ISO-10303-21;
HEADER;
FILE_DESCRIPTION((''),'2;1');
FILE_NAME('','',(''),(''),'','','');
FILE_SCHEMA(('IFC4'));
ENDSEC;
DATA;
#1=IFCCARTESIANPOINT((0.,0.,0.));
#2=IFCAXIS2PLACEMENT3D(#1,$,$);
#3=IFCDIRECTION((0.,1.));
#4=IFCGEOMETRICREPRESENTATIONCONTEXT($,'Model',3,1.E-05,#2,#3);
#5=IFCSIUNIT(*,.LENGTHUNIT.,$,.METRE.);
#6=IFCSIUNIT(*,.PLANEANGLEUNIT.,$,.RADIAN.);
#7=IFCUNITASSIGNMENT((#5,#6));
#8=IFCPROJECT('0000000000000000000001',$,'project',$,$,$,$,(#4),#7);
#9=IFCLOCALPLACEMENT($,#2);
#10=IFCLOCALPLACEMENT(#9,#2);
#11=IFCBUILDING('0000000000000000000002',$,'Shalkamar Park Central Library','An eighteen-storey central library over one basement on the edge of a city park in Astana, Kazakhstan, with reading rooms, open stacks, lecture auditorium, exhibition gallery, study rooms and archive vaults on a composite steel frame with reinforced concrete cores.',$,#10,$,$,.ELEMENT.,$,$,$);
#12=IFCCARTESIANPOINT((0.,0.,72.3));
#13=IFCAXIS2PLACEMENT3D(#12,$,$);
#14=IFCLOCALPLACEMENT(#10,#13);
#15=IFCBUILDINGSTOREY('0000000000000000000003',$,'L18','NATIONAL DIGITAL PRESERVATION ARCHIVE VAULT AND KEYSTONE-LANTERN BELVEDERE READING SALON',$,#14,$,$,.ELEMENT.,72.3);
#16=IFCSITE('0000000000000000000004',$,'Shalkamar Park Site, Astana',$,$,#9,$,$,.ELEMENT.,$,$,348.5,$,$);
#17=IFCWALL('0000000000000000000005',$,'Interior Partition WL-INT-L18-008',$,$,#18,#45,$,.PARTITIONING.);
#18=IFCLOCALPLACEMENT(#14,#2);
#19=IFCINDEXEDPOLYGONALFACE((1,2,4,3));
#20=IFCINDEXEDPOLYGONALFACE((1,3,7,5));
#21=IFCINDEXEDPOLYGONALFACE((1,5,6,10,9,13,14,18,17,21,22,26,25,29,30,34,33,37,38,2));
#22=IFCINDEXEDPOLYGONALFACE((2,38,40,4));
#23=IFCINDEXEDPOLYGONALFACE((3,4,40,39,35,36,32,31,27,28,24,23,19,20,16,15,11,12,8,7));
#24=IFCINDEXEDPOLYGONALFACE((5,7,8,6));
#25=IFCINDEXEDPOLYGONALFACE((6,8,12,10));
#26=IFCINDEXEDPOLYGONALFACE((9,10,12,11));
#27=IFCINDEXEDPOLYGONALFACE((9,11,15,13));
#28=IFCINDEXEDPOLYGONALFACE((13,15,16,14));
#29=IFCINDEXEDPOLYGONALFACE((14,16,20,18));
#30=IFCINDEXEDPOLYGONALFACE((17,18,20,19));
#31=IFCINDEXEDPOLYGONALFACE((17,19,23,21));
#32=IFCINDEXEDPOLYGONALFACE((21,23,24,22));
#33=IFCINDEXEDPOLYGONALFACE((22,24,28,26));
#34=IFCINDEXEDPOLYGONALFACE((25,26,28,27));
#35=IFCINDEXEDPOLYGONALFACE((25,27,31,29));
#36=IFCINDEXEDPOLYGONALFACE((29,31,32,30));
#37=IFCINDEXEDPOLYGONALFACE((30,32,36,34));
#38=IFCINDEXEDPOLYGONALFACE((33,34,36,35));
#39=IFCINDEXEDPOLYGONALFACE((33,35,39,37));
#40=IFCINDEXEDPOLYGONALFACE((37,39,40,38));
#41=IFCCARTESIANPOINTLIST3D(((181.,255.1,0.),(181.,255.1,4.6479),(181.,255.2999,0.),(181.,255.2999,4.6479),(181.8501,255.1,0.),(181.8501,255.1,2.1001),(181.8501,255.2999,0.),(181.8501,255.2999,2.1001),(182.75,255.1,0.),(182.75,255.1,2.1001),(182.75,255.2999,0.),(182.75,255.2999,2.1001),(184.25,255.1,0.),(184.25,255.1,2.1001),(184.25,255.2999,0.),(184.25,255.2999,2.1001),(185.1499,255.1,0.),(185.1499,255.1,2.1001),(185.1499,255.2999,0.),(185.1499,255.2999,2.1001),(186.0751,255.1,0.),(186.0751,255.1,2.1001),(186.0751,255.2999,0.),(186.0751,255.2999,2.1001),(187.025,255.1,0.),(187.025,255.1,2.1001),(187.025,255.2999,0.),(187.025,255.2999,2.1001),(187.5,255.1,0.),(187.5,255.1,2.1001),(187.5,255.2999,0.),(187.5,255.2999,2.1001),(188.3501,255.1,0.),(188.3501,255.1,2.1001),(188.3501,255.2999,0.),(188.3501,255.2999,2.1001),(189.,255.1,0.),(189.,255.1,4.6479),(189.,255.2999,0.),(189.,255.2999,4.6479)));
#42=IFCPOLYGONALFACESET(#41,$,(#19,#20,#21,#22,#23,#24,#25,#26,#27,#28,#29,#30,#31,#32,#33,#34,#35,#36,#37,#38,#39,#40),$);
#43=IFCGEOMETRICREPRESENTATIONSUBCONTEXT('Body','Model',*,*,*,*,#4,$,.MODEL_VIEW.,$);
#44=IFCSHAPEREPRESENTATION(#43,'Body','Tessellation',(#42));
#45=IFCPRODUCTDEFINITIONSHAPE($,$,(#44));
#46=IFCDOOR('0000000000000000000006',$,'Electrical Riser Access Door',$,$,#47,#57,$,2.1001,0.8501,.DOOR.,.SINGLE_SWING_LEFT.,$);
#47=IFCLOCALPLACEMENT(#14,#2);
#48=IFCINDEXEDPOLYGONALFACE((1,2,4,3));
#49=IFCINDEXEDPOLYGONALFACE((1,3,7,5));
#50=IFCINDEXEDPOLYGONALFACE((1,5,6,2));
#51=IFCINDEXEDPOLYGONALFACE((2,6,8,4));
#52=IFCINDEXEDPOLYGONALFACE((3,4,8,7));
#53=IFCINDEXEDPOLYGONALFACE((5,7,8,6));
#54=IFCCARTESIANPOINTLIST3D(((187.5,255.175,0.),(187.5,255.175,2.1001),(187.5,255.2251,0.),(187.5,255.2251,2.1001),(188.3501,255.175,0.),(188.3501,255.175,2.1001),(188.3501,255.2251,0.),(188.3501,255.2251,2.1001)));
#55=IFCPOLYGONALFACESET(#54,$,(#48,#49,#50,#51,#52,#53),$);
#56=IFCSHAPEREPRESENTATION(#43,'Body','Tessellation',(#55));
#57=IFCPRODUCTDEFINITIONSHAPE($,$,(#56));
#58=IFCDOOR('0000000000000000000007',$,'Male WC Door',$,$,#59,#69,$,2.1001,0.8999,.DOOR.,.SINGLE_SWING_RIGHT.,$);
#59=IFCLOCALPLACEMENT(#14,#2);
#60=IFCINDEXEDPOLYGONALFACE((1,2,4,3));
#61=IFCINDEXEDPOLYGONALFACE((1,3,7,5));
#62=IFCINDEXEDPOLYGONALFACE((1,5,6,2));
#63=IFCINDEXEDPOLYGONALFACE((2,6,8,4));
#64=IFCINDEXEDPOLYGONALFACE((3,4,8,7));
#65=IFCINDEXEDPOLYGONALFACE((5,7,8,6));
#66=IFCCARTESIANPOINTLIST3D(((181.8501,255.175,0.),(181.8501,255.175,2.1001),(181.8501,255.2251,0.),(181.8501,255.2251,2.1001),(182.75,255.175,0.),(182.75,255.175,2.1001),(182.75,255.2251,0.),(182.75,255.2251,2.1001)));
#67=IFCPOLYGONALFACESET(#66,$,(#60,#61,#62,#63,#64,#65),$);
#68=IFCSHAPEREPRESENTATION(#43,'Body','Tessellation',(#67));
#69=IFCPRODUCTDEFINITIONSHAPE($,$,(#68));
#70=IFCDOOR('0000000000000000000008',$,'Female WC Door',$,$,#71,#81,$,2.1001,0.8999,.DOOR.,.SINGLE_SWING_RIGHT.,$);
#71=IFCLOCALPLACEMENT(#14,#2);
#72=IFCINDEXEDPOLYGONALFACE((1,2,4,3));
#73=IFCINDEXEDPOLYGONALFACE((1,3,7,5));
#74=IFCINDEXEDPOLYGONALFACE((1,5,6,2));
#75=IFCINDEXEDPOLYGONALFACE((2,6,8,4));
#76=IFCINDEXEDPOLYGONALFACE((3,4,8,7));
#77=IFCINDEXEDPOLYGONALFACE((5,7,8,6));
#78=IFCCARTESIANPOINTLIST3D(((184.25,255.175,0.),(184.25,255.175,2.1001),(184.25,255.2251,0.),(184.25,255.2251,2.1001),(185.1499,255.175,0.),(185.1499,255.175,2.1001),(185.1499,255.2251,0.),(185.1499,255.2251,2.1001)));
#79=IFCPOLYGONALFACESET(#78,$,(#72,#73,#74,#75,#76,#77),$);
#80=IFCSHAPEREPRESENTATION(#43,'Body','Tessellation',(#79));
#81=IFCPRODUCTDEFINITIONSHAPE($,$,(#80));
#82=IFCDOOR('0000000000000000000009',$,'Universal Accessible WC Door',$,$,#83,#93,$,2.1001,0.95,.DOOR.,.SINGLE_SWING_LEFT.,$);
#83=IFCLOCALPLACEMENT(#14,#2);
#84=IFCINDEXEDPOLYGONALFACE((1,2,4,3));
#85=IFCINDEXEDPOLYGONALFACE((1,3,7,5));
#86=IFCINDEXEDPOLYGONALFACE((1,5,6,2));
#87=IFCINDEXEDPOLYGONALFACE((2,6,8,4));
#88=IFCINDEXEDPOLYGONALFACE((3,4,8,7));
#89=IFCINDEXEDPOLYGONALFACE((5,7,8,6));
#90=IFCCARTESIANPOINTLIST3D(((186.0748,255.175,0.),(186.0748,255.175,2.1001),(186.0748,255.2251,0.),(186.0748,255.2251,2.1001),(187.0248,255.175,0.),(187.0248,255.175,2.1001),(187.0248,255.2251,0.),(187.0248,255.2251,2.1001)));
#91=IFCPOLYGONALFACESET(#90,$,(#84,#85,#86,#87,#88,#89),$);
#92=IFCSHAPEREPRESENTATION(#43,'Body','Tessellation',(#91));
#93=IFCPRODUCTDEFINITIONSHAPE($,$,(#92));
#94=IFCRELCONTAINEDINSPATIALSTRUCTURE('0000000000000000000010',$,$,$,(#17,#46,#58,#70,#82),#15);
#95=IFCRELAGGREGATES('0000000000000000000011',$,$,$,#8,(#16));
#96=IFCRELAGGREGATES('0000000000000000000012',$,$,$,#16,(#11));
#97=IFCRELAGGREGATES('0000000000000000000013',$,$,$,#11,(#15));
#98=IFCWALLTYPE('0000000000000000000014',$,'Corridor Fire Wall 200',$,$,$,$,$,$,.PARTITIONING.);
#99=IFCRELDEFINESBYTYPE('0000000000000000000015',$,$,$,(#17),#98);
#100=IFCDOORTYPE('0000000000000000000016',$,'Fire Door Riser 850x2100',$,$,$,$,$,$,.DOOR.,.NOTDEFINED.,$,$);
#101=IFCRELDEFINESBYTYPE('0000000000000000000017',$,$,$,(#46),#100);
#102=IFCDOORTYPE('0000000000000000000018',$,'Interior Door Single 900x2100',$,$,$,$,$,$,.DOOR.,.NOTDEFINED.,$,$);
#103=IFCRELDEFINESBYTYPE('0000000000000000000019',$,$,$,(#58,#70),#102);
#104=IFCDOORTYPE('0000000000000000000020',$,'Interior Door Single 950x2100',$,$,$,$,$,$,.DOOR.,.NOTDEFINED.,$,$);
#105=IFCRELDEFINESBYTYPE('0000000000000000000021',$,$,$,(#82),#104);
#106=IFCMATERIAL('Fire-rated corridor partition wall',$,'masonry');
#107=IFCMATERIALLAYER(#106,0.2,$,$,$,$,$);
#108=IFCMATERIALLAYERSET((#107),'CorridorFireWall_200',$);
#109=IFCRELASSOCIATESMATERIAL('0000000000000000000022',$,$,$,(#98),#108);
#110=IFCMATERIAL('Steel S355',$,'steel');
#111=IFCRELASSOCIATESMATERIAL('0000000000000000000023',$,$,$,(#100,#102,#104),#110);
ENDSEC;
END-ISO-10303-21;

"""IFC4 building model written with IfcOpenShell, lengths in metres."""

from ifc_helpers import new_model, si_unit, direction, frame, frame_2d, origin, place, context, subcontext, project, spatial, rectangle, extrude, material, layer, layer_set, type_object, element, fill, save


model = new_model("IFC4")

# Units and contexts
model_context = context("Model", 3, precision=1e-05, world=origin(), true_north=direction((0.0, 1.0)))
body_context = subcontext(model_context, "Body", "Model", "MODEL_VIEW")
ifc_project = project(units=[si_unit("LENGTHUNIT", "METRE"), si_unit("PLANEANGLEUNIT", "RADIAN")], contexts=[model_context])

# Site, building, storey
site_placement = place(None, origin())
site = spatial("IfcSite", under=ifc_project, at=site_placement, Name="Shalkamar Park Site, Astana", CompositionType="ELEMENT", RefElevation=348.5)
building_placement = place(site_placement, origin())
building = spatial("IfcBuilding", under=site, at=building_placement, Name="Shalkamar Park Central Library", Description="An eighteen-storey central library over one basement on the edge of a city park in Astana, Kazakhstan, with reading rooms, open stacks, lecture auditorium, exhibition gallery, study rooms and archive vaults on a composite steel frame with reinforced concrete cores.", CompositionType="ELEMENT")
storey_placement = place(building_placement, frame((0.0, 0.0, 72.3)))
storey = spatial("IfcBuildingStorey", under=building, at=storey_placement, Name="L18", Description="NATIONAL DIGITAL PRESERVATION ARCHIVE VAULT AND KEYSTONE-LANTERN BELVEDERE READING SALON", CompositionType="ELEMENT", Elevation=72.3)

# Shared definitions
ifc_material_1 = material(Name="Steel S355", Category="steel")

# Wall, openings, doors
ifc_material_2 = material(Name="Fire-rated corridor partition wall", Category="masonry")
ifc_layer_1 = layer(ifc_material_2, 0.2)
ifc_layer_set_1 = layer_set([ifc_layer_1], Name="CorridorFireWall_200")
wall_type_1 = type_object("IfcWallType", Name="Corridor Fire Wall 200", PredefinedType="PARTITIONING", material=ifc_layer_set_1)
wall_1_placement = place(storey_placement, frame((181.0, 255.2, 0.0), z_axis=(0.0, 0.0, 1.0), x_axis=(1.0, 0.0, 0.0)))
wall_1 = element("IfcWall", 1, at=wall_1_placement, inside=storey, type_object=wall_type_1, Name="Interior Partition WL-INT-L18-008", PredefinedType="PARTITIONING", context=body_context, shape_type="SweptSolid", body=[
    extrude(rectangle(XDim=8.0, YDim=0.2, at=frame_2d((4.0, 0.0))), origin(), (0.0, 0.0, 1.0), 4.6479),
])
opening_1_placement = place(wall_1_placement, frame((0.8501, 0.0, 0.0)))
opening_1 = element("IfcOpeningElement", 2, at=opening_1_placement, cuts=wall_1, PredefinedType="OPENING", context=body_context, shape_type="SweptSolid", body=[
    extrude(rectangle(XDim=0.8999, YDim=2.1001, at=frame_2d((0.45, 1.05))), frame((0.0, 0.1147, 0.0), z_axis=(0.0, -1.0, 0.0), x_axis=(1.0, 0.0, 0.0)), (0.0, 0.0, 1.0), 0.2297),
])
opening_2_placement = place(wall_1_placement, frame((3.25, 0.0, 0.0)))
opening_2 = element("IfcOpeningElement", 3, at=opening_2_placement, cuts=wall_1, PredefinedType="OPENING", context=body_context, shape_type="SweptSolid", body=[
    extrude(rectangle(XDim=0.8999, YDim=2.1001, at=frame_2d((0.45, 1.05))), frame((0.0, 0.1147, 0.0), z_axis=(0.0, -1.0, 0.0), x_axis=(1.0, 0.0, 0.0)), (0.0, 0.0, 1.0), 0.2297),
])
opening_3_placement = place(wall_1_placement, frame((5.075, 0.0, 0.0)))
opening_3 = element("IfcOpeningElement", 4, at=opening_3_placement, cuts=wall_1, PredefinedType="OPENING", context=body_context, shape_type="SweptSolid", body=[
    extrude(rectangle(XDim=0.95, YDim=2.1001, at=frame_2d((0.4751, 1.05))), frame((0.0, 0.1147, 0.0), z_axis=(0.0, -1.0, 0.0), x_axis=(1.0, 0.0, 0.0)), (0.0, 0.0, 1.0), 0.2297),
])
opening_4_placement = place(wall_1_placement, frame((6.5, 0.0, 0.0)))
opening_4 = element("IfcOpeningElement", 5, at=opening_4_placement, cuts=wall_1, PredefinedType="OPENING", context=body_context, shape_type="SweptSolid", body=[
    extrude(rectangle(XDim=0.8501, YDim=2.1001, at=frame_2d((0.425, 1.05))), frame((0.0, 0.1147, 0.0), z_axis=(0.0, -1.0, 0.0), x_axis=(1.0, 0.0, 0.0)), (0.0, 0.0, 1.0), 0.2297),
])
door_type_1 = type_object("IfcDoorType", Name="Fire Door Riser 850x2100", OperationType="NOTDEFINED", PredefinedType="DOOR", material=ifc_material_1)
door_1_placement = place(opening_4_placement, frame((0.8501, 0.0, 0.0), z_axis=(0.0, 0.0, 1.0), x_axis=(-1.0, 0.0, 0.0)))
door_1 = element("IfcDoor", 6, at=door_1_placement, inside=storey, type_object=door_type_1, Name="Electrical Riser Access Door", OperationType="SINGLE_SWING_LEFT", OverallHeight=2.1001, OverallWidth=0.8501, PredefinedType="DOOR", context=body_context, shape_type="SweptSolid", body=[
    extrude(rectangle(XDim=0.8501, YDim=2.1001, at=frame_2d((0.425, 1.05))), frame((0.0, 0.0249, 0.0), z_axis=(0.0, -1.0, 0.0), x_axis=(1.0, 0.0, 0.0)), (0.0, 0.0, 1.0), 0.05),
])
fill(opening_4, door_1)
door_type_2 = type_object("IfcDoorType", Name="Interior Door Single 900x2100", OperationType="NOTDEFINED", PredefinedType="DOOR", material=ifc_material_1)
door_2_placement = place(opening_1_placement, frame((0.8999, 0.0, 0.0), z_axis=(0.0, 0.0, 1.0), x_axis=(-1.0, 0.0, 0.0)))
door_2 = element("IfcDoor", 7, at=door_2_placement, inside=storey, type_object=door_type_2, Name="Male WC Door", OperationType="SINGLE_SWING_RIGHT", OverallHeight=2.1001, OverallWidth=0.8999, PredefinedType="DOOR", context=body_context, shape_type="SweptSolid", body=[
    extrude(rectangle(XDim=0.8999, YDim=2.1001, at=frame_2d((0.45, 1.05))), frame((0.0, 0.0249, 0.0), z_axis=(0.0, -1.0, 0.0), x_axis=(1.0, 0.0, 0.0)), (0.0, 0.0, 1.0), 0.05),
])
fill(opening_1, door_2)
door_3_placement = place(opening_2_placement, frame((0.8999, 0.0, 0.0), z_axis=(0.0, 0.0, 1.0), x_axis=(-1.0, 0.0, 0.0)))
door_3 = element("IfcDoor", 8, at=door_3_placement, inside=storey, type_object=door_type_2, Name="Female WC Door", OperationType="SINGLE_SWING_RIGHT", OverallHeight=2.1001, OverallWidth=0.8999, PredefinedType="DOOR", context=body_context, shape_type="SweptSolid", body=[
    extrude(rectangle(XDim=0.8999, YDim=2.1001, at=frame_2d((0.45, 1.05))), frame((0.0, 0.0249, 0.0), z_axis=(0.0, -1.0, 0.0), x_axis=(1.0, 0.0, 0.0)), (0.0, 0.0, 1.0), 0.05),
])
fill(opening_2, door_3)
door_type_3 = type_object("IfcDoorType", Name="Interior Door Single 950x2100", OperationType="NOTDEFINED", PredefinedType="DOOR", material=ifc_material_1)
door_4_placement = place(opening_3_placement, frame((0.95, 0.0, 0.0), z_axis=(0.0, 0.0, 1.0), x_axis=(-1.0, 0.0, 0.0)))
door_4 = element("IfcDoor", 9, at=door_4_placement, inside=storey, type_object=door_type_3, Name="Universal Accessible WC Door", OperationType="SINGLE_SWING_LEFT", OverallHeight=2.1001, OverallWidth=0.95, PredefinedType="DOOR", context=body_context, shape_type="SweptSolid", body=[
    extrude(rectangle(XDim=0.95, YDim=2.1001, at=frame_2d((0.4751, 1.05))), frame((0.0, 0.0249, 0.0), z_axis=(0.0, -1.0, 0.0), x_axis=(1.0, 0.0, 0.0)), (0.0, 0.0, 1.0), 0.05),
])
fill(opening_3, door_4)

save(model, "model.ifc")
